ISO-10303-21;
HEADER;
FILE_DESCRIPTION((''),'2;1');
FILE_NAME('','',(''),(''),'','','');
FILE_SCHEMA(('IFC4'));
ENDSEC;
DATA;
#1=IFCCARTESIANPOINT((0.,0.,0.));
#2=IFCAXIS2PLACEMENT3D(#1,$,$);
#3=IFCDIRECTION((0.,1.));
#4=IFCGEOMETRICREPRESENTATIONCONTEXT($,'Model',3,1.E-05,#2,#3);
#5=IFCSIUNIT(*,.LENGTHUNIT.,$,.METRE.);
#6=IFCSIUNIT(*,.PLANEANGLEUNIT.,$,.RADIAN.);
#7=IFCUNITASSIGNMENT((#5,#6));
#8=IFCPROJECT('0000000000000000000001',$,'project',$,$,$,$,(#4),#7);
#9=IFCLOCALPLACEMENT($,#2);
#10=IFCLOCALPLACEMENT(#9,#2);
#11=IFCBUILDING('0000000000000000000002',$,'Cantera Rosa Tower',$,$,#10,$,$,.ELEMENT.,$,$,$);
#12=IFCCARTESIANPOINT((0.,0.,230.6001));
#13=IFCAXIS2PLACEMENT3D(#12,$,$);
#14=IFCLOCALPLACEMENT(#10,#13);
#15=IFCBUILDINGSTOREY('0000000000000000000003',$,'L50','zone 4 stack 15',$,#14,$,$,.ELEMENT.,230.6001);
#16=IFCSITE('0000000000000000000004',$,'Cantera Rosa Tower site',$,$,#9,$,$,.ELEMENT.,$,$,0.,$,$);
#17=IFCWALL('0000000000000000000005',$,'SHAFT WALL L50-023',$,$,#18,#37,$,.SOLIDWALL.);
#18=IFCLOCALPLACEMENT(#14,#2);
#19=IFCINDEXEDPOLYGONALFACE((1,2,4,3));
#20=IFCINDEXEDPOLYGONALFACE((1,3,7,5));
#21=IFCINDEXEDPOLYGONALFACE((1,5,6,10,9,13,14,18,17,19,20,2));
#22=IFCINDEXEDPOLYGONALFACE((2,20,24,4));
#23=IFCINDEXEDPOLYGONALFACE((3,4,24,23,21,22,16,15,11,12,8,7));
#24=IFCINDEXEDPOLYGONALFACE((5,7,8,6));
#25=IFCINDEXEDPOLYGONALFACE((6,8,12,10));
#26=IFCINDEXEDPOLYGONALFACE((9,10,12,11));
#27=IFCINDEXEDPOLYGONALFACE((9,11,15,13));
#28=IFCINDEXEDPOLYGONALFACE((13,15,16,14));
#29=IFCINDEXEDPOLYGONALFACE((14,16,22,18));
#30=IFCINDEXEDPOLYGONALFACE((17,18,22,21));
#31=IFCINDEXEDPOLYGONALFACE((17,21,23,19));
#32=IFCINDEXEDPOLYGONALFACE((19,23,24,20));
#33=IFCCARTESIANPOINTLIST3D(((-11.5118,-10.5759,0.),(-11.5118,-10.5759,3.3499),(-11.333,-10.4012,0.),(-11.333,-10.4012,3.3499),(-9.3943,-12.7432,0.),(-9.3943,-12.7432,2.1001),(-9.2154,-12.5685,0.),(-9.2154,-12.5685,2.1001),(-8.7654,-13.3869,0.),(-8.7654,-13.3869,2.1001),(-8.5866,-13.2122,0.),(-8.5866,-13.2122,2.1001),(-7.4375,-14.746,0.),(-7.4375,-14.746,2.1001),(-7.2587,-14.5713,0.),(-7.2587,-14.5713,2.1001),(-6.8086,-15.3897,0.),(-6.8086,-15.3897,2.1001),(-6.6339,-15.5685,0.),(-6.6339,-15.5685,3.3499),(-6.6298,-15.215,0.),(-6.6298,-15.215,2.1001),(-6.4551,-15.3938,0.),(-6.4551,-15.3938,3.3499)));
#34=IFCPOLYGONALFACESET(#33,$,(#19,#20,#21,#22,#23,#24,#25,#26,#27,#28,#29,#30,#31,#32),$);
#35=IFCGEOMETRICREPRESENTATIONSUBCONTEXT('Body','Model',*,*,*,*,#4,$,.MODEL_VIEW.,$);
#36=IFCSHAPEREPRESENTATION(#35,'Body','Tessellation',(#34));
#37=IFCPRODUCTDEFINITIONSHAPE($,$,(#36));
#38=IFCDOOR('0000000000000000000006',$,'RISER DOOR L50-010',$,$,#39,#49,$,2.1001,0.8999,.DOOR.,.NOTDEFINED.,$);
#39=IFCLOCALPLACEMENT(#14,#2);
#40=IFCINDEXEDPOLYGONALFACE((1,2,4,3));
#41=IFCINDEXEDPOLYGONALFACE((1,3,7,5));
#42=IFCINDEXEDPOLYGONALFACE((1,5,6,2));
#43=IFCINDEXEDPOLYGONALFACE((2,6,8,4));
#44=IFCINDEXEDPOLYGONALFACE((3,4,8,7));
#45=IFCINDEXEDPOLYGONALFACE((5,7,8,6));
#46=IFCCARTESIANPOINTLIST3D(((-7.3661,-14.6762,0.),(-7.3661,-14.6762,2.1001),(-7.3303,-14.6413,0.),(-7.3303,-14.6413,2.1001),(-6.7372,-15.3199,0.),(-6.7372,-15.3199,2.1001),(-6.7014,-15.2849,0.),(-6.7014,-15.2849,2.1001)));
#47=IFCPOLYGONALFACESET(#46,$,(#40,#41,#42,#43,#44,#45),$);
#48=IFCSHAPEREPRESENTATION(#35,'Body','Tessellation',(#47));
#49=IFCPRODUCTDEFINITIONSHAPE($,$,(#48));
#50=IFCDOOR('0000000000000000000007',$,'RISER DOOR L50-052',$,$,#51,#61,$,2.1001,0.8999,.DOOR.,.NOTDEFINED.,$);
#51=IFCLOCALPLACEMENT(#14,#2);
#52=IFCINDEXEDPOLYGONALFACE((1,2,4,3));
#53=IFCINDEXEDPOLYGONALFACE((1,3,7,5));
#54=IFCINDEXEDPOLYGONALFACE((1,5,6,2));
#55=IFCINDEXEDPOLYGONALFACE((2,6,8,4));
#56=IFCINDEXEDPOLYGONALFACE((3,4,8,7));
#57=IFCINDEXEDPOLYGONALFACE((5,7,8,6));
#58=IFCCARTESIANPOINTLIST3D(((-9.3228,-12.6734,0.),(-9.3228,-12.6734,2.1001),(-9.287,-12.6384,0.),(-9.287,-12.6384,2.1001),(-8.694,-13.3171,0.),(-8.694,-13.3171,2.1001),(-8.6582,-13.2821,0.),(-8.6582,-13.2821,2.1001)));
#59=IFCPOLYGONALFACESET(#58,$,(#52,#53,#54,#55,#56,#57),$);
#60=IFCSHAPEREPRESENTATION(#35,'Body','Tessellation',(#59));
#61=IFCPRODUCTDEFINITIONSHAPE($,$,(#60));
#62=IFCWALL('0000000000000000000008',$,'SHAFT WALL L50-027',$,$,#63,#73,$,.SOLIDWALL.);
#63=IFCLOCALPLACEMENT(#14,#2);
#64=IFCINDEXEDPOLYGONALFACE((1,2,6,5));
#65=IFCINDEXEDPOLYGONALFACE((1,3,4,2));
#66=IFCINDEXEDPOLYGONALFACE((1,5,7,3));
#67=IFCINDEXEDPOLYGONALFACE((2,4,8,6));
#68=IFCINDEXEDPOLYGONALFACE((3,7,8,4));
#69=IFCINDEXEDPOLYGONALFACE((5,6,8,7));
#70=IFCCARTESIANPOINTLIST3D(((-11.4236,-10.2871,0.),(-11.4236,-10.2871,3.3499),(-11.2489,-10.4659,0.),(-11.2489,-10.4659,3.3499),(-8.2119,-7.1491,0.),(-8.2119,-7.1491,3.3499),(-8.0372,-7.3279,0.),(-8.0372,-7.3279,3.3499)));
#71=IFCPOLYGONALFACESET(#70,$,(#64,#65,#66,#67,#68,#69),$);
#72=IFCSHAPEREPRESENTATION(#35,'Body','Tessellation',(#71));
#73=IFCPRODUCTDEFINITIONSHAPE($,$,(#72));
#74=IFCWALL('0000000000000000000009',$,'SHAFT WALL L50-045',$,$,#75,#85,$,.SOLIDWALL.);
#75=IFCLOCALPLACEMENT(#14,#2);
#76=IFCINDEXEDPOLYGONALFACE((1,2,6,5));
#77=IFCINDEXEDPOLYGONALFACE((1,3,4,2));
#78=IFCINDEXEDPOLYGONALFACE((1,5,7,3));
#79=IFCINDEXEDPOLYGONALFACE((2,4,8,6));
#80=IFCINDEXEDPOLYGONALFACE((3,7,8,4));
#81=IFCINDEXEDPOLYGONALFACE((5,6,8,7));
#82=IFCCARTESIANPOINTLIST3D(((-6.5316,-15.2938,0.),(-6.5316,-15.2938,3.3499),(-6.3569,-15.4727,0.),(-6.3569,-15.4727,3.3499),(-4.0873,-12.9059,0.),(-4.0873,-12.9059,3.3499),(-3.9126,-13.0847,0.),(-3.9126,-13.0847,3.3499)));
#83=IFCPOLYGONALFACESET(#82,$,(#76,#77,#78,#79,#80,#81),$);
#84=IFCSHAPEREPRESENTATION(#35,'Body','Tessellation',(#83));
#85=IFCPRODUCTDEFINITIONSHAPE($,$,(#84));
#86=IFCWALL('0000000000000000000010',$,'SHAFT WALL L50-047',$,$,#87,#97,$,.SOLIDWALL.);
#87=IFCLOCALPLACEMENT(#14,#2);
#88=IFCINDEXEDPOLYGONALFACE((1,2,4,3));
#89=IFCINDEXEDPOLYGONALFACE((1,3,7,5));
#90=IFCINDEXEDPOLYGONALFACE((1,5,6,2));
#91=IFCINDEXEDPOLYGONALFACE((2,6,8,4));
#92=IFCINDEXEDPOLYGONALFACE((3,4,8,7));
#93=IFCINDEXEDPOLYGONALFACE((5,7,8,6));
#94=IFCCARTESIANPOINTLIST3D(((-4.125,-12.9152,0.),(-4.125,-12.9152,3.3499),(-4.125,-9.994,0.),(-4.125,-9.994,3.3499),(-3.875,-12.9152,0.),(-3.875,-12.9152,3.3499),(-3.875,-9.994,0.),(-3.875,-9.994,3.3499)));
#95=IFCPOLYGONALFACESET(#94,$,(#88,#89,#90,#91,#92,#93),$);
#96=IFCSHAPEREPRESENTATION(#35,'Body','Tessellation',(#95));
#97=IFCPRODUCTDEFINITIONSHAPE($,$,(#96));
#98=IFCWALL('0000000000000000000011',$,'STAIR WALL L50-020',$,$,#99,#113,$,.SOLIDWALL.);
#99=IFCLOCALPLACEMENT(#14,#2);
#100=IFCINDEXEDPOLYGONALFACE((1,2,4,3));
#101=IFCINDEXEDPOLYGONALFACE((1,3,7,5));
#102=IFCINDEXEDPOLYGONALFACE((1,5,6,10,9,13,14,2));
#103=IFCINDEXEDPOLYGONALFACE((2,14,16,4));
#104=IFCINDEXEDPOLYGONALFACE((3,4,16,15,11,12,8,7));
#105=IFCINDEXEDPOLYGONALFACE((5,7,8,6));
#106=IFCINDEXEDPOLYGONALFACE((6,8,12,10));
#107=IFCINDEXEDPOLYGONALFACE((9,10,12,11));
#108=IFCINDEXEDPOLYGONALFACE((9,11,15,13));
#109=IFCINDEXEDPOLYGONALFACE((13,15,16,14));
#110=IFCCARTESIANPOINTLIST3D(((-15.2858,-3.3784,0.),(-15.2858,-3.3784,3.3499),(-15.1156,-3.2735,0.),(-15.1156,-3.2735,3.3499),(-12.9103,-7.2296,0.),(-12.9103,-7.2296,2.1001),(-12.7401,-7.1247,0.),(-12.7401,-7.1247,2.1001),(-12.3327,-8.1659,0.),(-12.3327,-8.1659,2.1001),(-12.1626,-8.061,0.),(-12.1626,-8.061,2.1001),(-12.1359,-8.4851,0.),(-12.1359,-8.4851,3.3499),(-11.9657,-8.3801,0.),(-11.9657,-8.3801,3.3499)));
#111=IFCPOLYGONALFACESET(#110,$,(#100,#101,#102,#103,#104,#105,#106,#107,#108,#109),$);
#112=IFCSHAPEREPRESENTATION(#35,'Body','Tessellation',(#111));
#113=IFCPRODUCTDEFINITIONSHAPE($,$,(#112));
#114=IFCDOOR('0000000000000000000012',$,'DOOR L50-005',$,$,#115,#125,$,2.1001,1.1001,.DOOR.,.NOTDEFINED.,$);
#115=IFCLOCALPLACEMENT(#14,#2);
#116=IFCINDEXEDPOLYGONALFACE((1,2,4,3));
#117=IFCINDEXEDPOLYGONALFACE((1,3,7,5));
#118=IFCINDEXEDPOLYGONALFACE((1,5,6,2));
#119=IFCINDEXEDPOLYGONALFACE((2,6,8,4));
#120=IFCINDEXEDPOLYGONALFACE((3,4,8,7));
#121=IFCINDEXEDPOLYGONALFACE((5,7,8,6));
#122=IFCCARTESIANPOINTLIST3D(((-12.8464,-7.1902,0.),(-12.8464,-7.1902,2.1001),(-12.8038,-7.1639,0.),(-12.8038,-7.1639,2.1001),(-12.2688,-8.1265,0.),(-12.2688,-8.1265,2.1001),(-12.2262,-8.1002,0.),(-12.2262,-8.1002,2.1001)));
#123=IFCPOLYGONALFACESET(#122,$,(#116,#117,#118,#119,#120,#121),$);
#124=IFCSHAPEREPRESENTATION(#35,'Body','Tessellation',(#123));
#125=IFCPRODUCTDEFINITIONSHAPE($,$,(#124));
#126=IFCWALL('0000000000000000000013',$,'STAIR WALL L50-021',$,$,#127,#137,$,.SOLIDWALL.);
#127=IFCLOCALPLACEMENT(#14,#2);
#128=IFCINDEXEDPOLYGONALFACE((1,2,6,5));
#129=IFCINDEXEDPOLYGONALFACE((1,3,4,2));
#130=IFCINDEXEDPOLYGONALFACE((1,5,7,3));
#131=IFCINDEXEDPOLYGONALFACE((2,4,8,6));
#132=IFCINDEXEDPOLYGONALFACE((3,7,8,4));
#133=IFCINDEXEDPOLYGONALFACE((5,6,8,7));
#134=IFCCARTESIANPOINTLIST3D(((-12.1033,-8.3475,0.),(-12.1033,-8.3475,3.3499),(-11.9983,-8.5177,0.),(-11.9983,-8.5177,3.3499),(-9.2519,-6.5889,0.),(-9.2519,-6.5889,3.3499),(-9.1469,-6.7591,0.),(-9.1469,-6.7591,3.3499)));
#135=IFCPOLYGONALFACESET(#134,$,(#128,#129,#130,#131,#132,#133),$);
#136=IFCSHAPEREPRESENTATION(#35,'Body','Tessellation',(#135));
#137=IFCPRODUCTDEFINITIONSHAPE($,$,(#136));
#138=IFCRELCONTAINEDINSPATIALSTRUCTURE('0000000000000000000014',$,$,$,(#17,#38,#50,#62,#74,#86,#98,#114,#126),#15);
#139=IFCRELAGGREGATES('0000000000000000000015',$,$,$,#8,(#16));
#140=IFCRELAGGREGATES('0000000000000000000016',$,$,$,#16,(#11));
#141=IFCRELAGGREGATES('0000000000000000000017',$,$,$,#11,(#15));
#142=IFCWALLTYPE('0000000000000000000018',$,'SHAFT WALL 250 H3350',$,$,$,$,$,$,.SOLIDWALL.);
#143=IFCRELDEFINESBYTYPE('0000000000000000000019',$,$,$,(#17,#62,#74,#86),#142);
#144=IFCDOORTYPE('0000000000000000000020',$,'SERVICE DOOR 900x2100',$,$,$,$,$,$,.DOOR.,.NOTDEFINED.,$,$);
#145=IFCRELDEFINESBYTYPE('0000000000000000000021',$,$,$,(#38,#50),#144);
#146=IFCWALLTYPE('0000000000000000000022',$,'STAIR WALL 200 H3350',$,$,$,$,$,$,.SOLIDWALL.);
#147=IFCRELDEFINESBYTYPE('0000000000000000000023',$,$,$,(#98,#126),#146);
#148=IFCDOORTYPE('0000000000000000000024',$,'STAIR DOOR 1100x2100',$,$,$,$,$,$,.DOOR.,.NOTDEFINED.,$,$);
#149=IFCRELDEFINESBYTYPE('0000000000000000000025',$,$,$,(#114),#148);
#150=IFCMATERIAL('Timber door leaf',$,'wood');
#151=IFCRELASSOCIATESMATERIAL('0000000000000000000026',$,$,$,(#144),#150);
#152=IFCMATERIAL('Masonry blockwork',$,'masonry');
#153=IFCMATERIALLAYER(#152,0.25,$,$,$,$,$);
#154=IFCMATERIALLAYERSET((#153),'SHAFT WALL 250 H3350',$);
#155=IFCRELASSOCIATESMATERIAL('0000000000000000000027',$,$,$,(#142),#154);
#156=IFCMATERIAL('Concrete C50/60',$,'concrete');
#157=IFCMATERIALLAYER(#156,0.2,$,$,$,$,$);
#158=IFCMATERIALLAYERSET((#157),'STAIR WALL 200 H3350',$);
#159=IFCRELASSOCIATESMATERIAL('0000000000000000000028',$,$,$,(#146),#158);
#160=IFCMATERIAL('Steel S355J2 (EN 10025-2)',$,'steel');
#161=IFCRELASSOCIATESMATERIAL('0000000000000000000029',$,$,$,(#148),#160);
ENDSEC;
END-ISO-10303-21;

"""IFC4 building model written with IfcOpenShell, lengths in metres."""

from ifc_helpers import new_model, si_unit, direction, frame, frame_2d, origin, place, context, subcontext, project, spatial, rectangle, extrude, material, layer, layer_set, type_object, element, fill, save


model = new_model("IFC4")

# Units and contexts
model_context = context("Model", 3, precision=1e-05, world=origin(), true_north=direction((0.0, 1.0)))
body_context = subcontext(model_context, "Body", "Model", "MODEL_VIEW")
ifc_project = project(units=[si_unit("LENGTHUNIT", "METRE"), si_unit("PLANEANGLEUNIT", "RADIAN")], contexts=[model_context])

# Site, building, storey
site_placement = place(None, origin())
site = spatial("IfcSite", under=ifc_project, at=site_placement, Name="Cantera Rosa Tower site", CompositionType="ELEMENT", RefElevation=0.0)
building_placement = place(site_placement, origin())
building = spatial("IfcBuilding", under=site, at=building_placement, Name="Cantera Rosa Tower", CompositionType="ELEMENT")
storey_placement = place(building_placement, frame((0.0, 0.0, 230.6001)))
storey = spatial("IfcBuildingStorey", under=building, at=storey_placement, Name="L50", Description="zone 4 stack 15", CompositionType="ELEMENT", Elevation=230.6001)

# Shared definitions
ifc_material_1 = material(Name="Timber door leaf", Category="wood")
door_type_1 = type_object("IfcDoorType", Name="SERVICE DOOR 900x2100", OperationType="NOTDEFINED", PredefinedType="DOOR", material=ifc_material_1)

# Wall, openings, doors
ifc_material_2 = material(Name="Masonry blockwork", Category="masonry")
ifc_layer_1 = layer(ifc_material_2, 0.25)
ifc_layer_set_1 = layer_set([ifc_layer_1], Name="SHAFT WALL 250 H3350")
wall_type_1 = type_object("IfcWallType", Name="SHAFT WALL 250 H3350", PredefinedType="SOLIDWALL", material=ifc_layer_set_1)
wall_1_placement = place(storey_placement, frame((-11.4224, -10.4885, 0.0), z_axis=(0.0, 0.0, 1.0), x_axis=(0.698839, -0.715279, 0.0)))
wall_1 = element("IfcWall", 1, at=wall_1_placement, inside=storey, type_object=wall_type_1, Name="SHAFT WALL L50-023", PredefinedType="SOLIDWALL", context=body_context, shape_type="SweptSolid", body=[
    extrude(rectangle(XDim=6.98, YDim=0.25, at=frame_2d((3.49, 0.0))), origin(), (0.0, 0.0, 1.0), 3.3499),
])
opening_1_placement = place(wall_1_placement, frame((5.8301, 0.0, 0.0)))
opening_1 = element("IfcOpeningElement", 2, at=opening_1_placement, cuts=wall_1, PredefinedType="OPENING", context=body_context, shape_type="SweptSolid", body=[
    extrude(rectangle(XDim=0.8999, YDim=2.1001, at=frame_2d((0.45, 1.05))), frame((0.0, 0.135, 0.0), z_axis=(0.0, -1.0, 0.0), x_axis=(1.0, 0.0, 0.0)), (0.0, 0.0, 1.0), 0.27),
])
opening_2_placement = place(wall_1_placement, frame((3.03, 0.0, 0.0)))
opening_2 = element("IfcOpeningElement", 3, at=opening_2_placement, cuts=wall_1, PredefinedType="OPENING", context=body_context, shape_type="SweptSolid", body=[
    extrude(rectangle(XDim=0.8999, YDim=2.1001, at=frame_2d((0.45, 1.05))), frame((0.0, 0.135, 0.0), z_axis=(0.0, -1.0, 0.0), x_axis=(1.0, 0.0, 0.0)), (0.0, 0.0, 1.0), 0.27),
])
door_1_placement = place(opening_1_placement, origin())
door_1 = element("IfcDoor", 4, at=door_1_placement, inside=storey, type_object=door_type_1, Name="RISER DOOR L50-010", OperationType="NOTDEFINED", OverallHeight=2.1001, OverallWidth=0.8999, PredefinedType="DOOR", context=body_context, shape_type="SweptSolid", body=[
    extrude(rectangle(XDim=0.8999, YDim=2.1001, at=frame_2d((0.45, 1.05))), frame((0.0, 0.0249, 0.0), z_axis=(0.0, -1.0, 0.0), x_axis=(1.0, 0.0, 0.0)), (0.0, 0.0, 1.0), 0.05),
])
fill(opening_1, door_1)
door_2_placement = place(opening_2_placement, origin())
door_2 = element("IfcDoor", 5, at=door_2_placement, inside=storey, type_object=door_type_1, Name="RISER DOOR L50-052", OperationType="NOTDEFINED", OverallHeight=2.1001, OverallWidth=0.8999, PredefinedType="DOOR", context=body_context, shape_type="SweptSolid", body=[
    extrude(rectangle(XDim=0.8999, YDim=2.1001, at=frame_2d((0.45, 1.05))), frame((0.0, 0.0249, 0.0), z_axis=(0.0, -1.0, 0.0), x_axis=(1.0, 0.0, 0.0)), (0.0, 0.0, 1.0), 0.05),
])
fill(opening_2, door_2)

# Walls
wall_2_placement = place(storey_placement, frame((-8.1245, -7.2385, 0.0), z_axis=(0.0, 0.0, 1.0), x_axis=(-0.715269, -0.698849, 0.0)))
element("IfcWall", 6, at=wall_2_placement, inside=storey, type_object=wall_type_1, Name="SHAFT WALL L50-027", PredefinedType="SOLIDWALL", context=body_context, shape_type="SweptSolid", body=[
    extrude(rectangle(XDim=4.4902, YDim=0.25, at=frame_2d((2.2451, 0.0))), origin(), (0.0, 0.0, 1.0), 3.3499),
])
wall_3_placement = place(storey_placement, frame((-4.0, -12.9954, 0.0), z_axis=(0.0, 0.0, 1.0), x_axis=(-0.715311, -0.698807, 0.0)))
element("IfcWall", 7, at=wall_3_placement, inside=storey, type_object=wall_type_1, Name="SHAFT WALL L50-045", PredefinedType="SOLIDWALL", context=body_context, shape_type="SweptSolid", body=[
    extrude(rectangle(XDim=3.4172, YDim=0.25, at=frame_2d((1.7085, 0.0))), origin(), (0.0, 0.0, 1.0), 3.3499),
])
wall_4_placement = place(storey_placement, frame((-4.0, -9.9941, 0.0), z_axis=(0.0, 0.0, 1.0), x_axis=(0.0, -1.0, 0.0)))
element("IfcWall", 8, at=wall_4_placement, inside=storey, type_object=wall_type_1, Name="SHAFT WALL L50-047", PredefinedType="SOLIDWALL", context=body_context, shape_type="SweptSolid", body=[
    extrude(rectangle(XDim=2.9211, YDim=0.25, at=frame_2d((1.4604, 0.0))), origin(), (0.0, 0.0, 1.0), 3.3499),
])

# Wall, opening, door
ifc_material_3 = material(Name="Concrete C50/60", Category="concrete")
ifc_layer_2 = layer(ifc_material_3, 0.2)
ifc_layer_set_2 = layer_set([ifc_layer_2], Name="STAIR WALL 200 H3350")
wall_type_2 = type_object("IfcWallType", Name="STAIR WALL 200 H3350", PredefinedType="SOLIDWALL", material=ifc_layer_set_2)
wall_5_placement = place(storey_placement, frame((-12.0508, -8.4326, 0.0), z_axis=(0.0, 0.0, 1.0), x_axis=(-0.524983, 0.851113, 0.0)))
wall_5 = element("IfcWall", 9, at=wall_5_placement, inside=storey, type_object=wall_type_2, Name="STAIR WALL L50-020", PredefinedType="SOLIDWALL", context=body_context, shape_type="SweptSolid", body=[
    extrude(rectangle(XDim=6.0, YDim=0.2, at=frame_2d((3.0, 0.0))), origin(), (0.0, 0.0, 1.0), 3.3499),
])
opening_3_placement = place(wall_5_placement, frame((0.375, 0.0, 0.0)))
opening_3 = element("IfcOpeningElement", 10, at=opening_3_placement, cuts=wall_5, PredefinedType="OPENING", context=body_context, shape_type="SweptSolid", body=[
    extrude(rectangle(XDim=1.1001, YDim=2.1001, at=frame_2d((0.55, 1.05))), frame((0.0, 0.1099, 0.0), z_axis=(0.0, -1.0, 0.0), x_axis=(1.0, 0.0, 0.0)), (0.0, 0.0, 1.0), 0.22),
])
ifc_material_4 = material(Name="Steel S355J2 (EN 10025-2)", Category="steel")
door_type_2 = type_object("IfcDoorType", Name="STAIR DOOR 1100x2100", OperationType="NOTDEFINED", PredefinedType="DOOR", material=ifc_material_4)
door_3_placement = place(opening_3_placement, origin())
door_3 = element("IfcDoor", 11, at=door_3_placement, inside=storey, type_object=door_type_2, Name="DOOR L50-005", OperationType="NOTDEFINED", OverallHeight=2.1001, OverallWidth=1.1001, PredefinedType="DOOR", context=body_context, shape_type="SweptSolid", body=[
    extrude(rectangle(XDim=1.1001, YDim=2.1001, at=frame_2d((0.55, 1.05))), frame((0.0, 0.0249, 0.0), z_axis=(0.0, -1.0, 0.0), x_axis=(1.0, 0.0, 0.0)), (0.0, 0.0, 1.0), 0.05),
])
fill(opening_3, door_3)

# Wall
wall_6_placement = place(storey_placement, frame((-12.0508, -8.4326, 0.0), z_axis=(0.0, 0.0, 1.0), x_axis=(0.85114, 0.524939, 0.0)))
element("IfcWall", 12, at=wall_6_placement, inside=storey, type_object=wall_type_2, Name="STAIR WALL L50-021", PredefinedType="SOLIDWALL", context=body_context, shape_type="SweptSolid", body=[
    extrude(rectangle(XDim=3.3501, YDim=0.2, at=frame_2d((1.675, 0.0))), origin(), (0.0, 0.0, 1.0), 3.3499),
])

save(model, "model.ifc")
